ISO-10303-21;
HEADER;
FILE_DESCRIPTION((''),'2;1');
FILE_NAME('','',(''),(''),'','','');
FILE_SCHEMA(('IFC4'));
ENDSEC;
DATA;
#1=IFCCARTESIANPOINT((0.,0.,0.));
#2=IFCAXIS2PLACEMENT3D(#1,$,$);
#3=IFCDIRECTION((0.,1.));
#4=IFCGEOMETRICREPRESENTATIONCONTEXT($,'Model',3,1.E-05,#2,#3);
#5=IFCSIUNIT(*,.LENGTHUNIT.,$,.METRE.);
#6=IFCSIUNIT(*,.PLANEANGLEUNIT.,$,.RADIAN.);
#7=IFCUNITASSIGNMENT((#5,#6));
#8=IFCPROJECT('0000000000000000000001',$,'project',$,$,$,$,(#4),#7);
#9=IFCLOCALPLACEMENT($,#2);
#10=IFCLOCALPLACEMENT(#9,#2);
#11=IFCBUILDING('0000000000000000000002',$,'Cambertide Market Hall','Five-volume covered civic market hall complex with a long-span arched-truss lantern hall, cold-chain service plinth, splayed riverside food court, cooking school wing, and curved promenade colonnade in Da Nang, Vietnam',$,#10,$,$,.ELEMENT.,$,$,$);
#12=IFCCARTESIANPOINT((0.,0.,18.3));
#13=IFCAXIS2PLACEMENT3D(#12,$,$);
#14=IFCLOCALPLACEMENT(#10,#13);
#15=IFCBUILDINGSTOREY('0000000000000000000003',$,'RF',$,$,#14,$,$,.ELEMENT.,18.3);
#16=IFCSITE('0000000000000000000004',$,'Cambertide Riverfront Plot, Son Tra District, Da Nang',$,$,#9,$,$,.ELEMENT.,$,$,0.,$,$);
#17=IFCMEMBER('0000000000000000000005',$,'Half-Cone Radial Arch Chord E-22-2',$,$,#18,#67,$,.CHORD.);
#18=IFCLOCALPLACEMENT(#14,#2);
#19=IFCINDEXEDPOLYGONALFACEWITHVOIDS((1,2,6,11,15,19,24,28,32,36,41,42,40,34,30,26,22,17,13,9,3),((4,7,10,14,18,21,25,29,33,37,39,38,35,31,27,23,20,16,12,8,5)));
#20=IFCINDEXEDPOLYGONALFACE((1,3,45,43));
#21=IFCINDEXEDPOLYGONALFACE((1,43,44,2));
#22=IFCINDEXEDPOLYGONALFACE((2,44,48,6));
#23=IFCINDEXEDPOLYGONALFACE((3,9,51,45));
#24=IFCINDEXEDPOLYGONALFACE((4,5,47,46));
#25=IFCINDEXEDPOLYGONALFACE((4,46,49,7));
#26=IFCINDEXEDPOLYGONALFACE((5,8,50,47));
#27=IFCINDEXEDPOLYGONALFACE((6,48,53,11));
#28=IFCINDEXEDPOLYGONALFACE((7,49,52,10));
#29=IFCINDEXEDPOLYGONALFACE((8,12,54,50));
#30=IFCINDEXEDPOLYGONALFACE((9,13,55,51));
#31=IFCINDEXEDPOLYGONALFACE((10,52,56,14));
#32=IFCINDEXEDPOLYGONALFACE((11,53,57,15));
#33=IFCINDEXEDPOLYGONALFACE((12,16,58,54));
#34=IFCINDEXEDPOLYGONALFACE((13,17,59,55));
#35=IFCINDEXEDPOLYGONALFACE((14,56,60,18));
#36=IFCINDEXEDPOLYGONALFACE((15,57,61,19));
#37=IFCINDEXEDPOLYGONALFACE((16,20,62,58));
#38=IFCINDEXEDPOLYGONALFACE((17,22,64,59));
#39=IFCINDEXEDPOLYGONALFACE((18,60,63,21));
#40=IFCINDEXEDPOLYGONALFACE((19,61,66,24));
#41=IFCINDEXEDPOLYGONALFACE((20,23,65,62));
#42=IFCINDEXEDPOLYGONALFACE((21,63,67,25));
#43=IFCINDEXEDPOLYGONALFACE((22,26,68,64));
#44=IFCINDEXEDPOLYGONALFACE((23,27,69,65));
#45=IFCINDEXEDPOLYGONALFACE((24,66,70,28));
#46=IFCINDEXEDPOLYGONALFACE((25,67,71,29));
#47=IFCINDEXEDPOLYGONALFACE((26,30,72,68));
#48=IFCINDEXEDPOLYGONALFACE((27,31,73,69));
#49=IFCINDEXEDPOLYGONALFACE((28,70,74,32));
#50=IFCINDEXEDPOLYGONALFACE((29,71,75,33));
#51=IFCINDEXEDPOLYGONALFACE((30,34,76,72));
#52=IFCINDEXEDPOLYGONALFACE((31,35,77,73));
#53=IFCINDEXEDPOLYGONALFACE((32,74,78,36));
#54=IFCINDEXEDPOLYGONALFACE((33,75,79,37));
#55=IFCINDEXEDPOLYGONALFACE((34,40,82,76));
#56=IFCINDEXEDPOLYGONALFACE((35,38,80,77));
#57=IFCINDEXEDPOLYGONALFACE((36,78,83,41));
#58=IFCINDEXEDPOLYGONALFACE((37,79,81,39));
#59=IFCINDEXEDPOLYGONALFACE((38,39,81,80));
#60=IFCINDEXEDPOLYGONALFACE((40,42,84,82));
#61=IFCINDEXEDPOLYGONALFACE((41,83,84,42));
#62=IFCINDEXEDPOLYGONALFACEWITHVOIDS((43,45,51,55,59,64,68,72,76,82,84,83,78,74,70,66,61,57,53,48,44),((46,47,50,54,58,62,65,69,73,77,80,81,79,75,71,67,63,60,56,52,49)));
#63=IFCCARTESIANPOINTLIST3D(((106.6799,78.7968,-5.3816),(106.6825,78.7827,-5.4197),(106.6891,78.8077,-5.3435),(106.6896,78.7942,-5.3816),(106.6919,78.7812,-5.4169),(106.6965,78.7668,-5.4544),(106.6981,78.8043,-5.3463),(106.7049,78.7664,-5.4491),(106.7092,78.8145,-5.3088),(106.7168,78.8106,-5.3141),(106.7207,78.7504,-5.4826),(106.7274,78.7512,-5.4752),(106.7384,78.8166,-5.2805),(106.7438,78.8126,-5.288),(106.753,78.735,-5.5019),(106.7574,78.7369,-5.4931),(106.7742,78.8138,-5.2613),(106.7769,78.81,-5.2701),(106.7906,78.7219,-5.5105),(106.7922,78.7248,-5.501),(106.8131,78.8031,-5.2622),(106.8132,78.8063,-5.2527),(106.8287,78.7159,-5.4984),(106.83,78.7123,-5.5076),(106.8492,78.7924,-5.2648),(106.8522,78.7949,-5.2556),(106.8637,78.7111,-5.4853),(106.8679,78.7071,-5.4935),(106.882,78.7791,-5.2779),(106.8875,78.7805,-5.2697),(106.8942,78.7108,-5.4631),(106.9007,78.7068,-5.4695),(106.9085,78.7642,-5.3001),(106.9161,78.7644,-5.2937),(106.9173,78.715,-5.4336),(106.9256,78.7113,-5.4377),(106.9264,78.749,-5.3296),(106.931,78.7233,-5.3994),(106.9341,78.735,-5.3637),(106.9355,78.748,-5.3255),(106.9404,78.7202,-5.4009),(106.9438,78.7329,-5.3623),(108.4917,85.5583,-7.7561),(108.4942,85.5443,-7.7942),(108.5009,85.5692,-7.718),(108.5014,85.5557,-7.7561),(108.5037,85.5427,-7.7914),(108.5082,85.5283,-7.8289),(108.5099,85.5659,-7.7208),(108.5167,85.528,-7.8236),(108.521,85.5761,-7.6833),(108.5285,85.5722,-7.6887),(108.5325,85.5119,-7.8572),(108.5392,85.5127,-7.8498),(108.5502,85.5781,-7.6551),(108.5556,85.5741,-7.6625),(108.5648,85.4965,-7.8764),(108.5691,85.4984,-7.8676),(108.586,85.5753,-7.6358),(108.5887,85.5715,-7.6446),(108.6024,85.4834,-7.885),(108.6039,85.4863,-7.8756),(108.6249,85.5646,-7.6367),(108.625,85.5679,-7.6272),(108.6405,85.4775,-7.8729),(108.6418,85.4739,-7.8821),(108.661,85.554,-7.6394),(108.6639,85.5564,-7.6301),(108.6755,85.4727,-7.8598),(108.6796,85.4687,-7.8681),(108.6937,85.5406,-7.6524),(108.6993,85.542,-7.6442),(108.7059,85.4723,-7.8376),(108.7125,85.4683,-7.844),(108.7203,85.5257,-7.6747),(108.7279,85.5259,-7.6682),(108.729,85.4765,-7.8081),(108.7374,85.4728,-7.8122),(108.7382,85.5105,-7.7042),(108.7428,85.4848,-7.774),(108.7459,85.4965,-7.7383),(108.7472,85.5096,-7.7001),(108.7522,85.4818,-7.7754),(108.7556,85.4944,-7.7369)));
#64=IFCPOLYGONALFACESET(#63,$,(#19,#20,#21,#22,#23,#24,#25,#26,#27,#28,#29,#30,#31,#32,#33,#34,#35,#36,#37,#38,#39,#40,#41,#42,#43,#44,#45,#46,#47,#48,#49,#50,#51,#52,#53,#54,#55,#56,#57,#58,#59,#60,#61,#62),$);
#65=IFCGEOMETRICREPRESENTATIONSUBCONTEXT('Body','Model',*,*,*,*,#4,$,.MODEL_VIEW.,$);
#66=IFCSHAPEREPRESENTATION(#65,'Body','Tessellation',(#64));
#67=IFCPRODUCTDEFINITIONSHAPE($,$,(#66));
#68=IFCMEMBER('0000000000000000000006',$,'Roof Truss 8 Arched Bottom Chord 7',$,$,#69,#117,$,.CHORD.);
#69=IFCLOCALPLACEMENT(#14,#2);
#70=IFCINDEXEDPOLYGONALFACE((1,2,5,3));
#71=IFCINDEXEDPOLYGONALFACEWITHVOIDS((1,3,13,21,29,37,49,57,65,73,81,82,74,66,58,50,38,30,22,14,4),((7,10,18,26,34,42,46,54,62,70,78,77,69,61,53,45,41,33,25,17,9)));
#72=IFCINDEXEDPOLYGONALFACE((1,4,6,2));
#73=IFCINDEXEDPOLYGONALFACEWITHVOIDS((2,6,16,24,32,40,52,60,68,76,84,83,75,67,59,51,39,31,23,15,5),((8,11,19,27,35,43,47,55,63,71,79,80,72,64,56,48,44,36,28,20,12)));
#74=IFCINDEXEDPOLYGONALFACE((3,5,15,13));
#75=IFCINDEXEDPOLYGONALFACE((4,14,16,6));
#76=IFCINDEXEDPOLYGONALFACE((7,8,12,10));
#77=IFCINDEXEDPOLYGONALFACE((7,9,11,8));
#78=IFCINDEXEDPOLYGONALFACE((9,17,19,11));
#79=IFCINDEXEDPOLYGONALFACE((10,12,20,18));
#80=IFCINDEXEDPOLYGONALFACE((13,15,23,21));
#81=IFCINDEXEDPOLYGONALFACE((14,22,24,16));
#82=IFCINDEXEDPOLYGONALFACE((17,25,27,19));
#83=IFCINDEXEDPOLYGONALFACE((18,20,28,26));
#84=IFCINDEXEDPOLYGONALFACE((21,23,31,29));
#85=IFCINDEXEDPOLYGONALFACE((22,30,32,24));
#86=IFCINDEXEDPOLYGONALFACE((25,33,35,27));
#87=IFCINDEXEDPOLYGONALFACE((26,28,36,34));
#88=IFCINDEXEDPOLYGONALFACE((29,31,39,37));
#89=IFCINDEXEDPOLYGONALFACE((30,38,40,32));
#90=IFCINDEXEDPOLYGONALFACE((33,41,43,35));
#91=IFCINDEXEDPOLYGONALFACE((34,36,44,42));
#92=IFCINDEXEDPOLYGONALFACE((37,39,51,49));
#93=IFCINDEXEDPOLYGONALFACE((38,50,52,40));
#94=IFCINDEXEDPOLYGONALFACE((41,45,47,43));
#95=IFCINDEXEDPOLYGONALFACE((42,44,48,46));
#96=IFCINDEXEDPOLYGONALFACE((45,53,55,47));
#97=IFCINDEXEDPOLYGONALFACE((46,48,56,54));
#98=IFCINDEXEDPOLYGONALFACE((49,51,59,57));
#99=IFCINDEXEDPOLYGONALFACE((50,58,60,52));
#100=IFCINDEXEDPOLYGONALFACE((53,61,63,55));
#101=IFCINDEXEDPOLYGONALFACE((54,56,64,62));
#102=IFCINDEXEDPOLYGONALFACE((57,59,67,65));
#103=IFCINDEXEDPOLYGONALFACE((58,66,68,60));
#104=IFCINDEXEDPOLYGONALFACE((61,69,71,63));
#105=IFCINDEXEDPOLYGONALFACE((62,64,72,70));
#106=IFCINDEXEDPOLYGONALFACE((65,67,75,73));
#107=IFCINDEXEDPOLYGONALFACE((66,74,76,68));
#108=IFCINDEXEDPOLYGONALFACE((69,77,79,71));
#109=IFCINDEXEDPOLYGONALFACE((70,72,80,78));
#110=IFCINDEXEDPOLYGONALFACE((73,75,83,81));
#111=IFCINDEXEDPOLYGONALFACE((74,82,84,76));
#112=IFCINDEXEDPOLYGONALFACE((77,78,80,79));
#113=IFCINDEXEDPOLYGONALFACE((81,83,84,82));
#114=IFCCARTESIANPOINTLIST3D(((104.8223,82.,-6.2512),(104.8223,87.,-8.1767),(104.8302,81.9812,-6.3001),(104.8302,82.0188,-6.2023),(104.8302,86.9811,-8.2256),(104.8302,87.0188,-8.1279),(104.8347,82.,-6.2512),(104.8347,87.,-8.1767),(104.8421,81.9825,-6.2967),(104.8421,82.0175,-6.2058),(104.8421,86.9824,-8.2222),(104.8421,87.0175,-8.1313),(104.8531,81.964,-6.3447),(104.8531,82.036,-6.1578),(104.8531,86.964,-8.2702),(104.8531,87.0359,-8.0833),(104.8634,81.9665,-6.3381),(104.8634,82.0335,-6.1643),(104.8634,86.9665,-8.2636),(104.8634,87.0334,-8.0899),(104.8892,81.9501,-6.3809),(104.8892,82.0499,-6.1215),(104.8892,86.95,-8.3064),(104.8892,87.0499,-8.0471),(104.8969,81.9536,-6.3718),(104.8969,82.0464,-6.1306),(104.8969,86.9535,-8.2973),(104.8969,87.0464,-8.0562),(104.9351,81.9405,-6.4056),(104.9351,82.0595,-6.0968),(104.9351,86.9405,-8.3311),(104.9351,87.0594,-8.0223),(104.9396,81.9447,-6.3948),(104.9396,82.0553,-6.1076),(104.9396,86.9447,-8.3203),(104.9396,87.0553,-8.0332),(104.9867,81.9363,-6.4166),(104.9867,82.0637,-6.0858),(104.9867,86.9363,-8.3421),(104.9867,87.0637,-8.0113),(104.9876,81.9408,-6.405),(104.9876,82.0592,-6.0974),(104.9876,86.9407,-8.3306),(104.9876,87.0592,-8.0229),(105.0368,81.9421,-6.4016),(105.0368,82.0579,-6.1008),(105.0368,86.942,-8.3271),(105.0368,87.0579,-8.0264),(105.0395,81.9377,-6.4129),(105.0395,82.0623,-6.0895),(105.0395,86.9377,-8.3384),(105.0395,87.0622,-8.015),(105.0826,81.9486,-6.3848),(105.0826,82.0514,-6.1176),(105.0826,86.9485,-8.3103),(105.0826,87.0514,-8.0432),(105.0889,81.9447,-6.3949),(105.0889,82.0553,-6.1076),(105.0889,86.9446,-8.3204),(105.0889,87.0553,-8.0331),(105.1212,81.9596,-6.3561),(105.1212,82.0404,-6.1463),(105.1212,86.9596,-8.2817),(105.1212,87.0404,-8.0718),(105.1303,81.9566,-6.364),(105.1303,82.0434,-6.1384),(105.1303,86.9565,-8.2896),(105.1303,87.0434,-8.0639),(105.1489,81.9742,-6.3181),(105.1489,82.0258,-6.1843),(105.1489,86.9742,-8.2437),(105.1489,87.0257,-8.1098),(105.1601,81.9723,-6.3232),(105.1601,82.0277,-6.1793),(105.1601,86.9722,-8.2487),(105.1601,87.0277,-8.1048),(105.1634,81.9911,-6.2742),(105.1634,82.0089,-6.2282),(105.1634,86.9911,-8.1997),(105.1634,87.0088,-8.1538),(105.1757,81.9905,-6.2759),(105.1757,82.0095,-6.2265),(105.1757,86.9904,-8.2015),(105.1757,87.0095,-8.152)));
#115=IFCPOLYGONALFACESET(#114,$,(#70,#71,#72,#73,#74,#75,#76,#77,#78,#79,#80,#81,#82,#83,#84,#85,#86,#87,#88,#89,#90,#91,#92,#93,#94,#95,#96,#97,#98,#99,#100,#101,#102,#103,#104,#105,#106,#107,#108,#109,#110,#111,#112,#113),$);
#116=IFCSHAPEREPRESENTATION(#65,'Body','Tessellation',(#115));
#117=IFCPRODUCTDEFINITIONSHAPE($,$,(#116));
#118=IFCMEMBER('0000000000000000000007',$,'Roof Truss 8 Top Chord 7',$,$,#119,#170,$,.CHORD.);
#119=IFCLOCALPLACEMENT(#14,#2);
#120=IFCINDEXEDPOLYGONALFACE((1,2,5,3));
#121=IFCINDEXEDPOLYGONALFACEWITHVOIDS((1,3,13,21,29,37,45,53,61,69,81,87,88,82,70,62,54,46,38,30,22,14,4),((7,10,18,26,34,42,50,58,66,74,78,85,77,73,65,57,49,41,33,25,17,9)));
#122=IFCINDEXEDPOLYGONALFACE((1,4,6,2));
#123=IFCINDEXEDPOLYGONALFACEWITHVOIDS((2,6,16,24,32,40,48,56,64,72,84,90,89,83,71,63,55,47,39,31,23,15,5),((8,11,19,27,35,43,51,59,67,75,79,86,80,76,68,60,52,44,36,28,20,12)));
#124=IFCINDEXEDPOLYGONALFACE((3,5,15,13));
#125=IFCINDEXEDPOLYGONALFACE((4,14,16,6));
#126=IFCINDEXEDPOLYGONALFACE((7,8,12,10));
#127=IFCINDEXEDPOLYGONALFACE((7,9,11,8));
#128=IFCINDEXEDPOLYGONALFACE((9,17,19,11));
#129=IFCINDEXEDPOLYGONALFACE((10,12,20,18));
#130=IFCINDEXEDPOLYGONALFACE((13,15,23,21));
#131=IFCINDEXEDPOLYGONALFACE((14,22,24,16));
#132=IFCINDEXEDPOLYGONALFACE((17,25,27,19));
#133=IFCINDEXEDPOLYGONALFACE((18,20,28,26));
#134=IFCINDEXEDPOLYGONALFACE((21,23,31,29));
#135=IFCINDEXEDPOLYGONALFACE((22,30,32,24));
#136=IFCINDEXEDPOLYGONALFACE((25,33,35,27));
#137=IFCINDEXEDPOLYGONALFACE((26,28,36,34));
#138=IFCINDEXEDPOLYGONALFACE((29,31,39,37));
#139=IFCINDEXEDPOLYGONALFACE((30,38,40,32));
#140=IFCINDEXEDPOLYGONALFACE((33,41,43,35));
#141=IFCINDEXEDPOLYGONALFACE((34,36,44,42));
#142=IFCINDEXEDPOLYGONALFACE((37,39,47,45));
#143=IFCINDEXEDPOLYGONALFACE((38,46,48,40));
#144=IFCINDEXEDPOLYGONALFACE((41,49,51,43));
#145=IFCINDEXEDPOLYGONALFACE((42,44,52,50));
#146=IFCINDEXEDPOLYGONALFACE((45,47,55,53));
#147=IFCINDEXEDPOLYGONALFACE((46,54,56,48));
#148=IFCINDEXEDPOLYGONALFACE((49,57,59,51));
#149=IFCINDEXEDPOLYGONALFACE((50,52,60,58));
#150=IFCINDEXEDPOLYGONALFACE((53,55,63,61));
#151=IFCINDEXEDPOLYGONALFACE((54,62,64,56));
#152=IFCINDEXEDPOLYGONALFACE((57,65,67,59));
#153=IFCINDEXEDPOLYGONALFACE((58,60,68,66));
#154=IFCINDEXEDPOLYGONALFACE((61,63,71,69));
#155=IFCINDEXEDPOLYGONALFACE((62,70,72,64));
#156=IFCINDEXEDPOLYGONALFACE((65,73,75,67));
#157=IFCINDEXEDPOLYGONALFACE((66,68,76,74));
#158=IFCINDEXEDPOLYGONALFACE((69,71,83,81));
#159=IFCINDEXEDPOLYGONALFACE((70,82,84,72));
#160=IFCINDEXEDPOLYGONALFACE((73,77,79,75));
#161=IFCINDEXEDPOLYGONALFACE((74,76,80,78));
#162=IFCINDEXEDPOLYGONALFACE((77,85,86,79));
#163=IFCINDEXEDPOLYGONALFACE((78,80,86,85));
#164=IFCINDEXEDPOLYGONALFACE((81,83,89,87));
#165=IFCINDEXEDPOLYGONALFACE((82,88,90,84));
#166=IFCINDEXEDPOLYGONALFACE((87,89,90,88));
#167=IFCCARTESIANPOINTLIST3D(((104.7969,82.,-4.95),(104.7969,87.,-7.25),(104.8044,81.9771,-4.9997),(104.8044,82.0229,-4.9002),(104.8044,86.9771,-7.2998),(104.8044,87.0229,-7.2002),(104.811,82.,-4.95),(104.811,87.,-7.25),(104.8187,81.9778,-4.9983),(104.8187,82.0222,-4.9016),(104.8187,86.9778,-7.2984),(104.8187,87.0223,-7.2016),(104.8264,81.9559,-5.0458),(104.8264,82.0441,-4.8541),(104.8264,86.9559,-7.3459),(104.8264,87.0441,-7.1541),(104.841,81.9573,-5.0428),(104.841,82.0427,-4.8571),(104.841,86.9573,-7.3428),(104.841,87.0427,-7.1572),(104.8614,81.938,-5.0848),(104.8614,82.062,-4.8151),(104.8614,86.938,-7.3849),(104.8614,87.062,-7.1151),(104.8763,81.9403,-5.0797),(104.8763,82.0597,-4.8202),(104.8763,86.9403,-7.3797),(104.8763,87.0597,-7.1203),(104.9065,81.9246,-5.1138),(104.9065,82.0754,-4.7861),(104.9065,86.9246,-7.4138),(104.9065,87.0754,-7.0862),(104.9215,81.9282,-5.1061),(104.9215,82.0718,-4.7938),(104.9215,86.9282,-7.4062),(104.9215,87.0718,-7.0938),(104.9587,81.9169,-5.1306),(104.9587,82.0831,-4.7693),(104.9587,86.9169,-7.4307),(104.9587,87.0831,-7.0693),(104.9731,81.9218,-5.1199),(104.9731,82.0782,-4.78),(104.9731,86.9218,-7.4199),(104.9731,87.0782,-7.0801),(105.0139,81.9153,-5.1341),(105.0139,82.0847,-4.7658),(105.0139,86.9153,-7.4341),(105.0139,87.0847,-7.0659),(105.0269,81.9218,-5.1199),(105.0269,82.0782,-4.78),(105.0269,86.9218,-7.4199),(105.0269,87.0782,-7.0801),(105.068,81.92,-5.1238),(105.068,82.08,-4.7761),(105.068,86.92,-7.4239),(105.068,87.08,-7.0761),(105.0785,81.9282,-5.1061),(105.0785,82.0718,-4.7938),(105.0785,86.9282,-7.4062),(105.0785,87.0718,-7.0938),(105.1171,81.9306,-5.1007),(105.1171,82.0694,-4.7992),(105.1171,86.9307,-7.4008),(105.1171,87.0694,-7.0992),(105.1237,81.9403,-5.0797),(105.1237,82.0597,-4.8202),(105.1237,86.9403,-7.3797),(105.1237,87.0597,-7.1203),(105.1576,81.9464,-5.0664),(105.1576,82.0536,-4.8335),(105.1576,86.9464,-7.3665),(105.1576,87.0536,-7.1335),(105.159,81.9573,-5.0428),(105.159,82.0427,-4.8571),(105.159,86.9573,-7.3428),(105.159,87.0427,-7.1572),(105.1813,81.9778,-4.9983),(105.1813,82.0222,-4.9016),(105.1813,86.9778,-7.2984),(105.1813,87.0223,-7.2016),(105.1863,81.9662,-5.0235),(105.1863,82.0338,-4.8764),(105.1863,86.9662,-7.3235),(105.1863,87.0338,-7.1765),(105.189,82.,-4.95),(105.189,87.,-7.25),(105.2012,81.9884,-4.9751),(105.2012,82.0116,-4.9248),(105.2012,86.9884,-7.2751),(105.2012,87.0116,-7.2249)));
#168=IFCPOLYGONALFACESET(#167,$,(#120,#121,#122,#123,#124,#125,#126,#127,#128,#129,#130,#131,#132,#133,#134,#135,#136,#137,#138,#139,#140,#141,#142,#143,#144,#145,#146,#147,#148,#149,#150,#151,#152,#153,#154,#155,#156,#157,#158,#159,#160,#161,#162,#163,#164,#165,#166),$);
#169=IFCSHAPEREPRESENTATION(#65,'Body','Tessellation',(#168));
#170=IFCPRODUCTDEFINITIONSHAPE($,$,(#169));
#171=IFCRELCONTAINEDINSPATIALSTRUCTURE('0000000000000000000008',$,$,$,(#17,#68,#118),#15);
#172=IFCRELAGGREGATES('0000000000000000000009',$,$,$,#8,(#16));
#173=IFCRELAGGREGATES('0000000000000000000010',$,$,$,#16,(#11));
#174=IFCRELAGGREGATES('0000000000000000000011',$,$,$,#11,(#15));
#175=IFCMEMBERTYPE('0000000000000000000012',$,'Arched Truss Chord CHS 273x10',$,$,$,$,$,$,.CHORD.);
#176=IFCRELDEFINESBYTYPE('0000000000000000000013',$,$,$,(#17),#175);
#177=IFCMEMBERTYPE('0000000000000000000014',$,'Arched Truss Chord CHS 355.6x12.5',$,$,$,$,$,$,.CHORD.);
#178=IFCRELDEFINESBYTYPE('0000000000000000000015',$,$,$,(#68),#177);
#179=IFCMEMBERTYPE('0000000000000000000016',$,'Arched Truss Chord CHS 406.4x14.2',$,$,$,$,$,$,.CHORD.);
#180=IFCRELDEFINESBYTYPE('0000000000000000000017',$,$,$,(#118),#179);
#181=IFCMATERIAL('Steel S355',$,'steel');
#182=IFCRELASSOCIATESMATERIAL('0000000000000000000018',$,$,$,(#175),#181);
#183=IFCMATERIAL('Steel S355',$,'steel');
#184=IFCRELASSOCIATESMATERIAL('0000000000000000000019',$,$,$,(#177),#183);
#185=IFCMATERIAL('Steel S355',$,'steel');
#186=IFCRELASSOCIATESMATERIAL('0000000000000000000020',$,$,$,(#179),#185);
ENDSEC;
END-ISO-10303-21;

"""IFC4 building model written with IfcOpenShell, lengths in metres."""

from ifc_helpers import new_model, si_unit, direction, frame, origin, origin_2d, place, context, subcontext, project, spatial, hollow_circle, extrude, material, material_profile, profile_set, type_object, element, save


model = new_model("IFC4")

# Units and contexts
model_context = context("Model", 3, precision=1e-05, world=origin(), true_north=direction((0.0, 1.0)))
body_context = subcontext(model_context, "Body", "Model", "MODEL_VIEW")
ifc_project = project(units=[si_unit("LENGTHUNIT", "METRE"), si_unit("PLANEANGLEUNIT", "RADIAN")], contexts=[model_context])

# Site, building, storey
site_placement = place(None, origin())
site = spatial("IfcSite", under=ifc_project, at=site_placement, Name="Cambertide Riverfront Plot, Son Tra District, Da Nang", CompositionType="ELEMENT", RefElevation=0.0)
building_placement = place(site_placement, origin())
building = spatial("IfcBuilding", under=site, at=building_placement, Name="Cambertide Market Hall", Description="Five-volume covered civic market hall complex with a long-span arched-truss lantern hall, cold-chain service plinth, splayed riverside food court, cooking school wing, and curved promenade colonnade in Da Nang, Vietnam", CompositionType="ELEMENT")
storey_placement = place(building_placement, frame((0.0, 0.0, 18.3)))
storey = spatial("IfcBuildingStorey", under=building, at=storey_placement, Name="RF", CompositionType="ELEMENT", Elevation=18.3)

# Members
ifc_material_1 = material(Name="Steel S355", Category="steel")
ifc_material_profile_1 = material_profile(ifc_material_1, hollow_circle(Radius=0.1365, WallThickness=0.01, at=origin_2d()), Name="CHS 273x10")
ifc_profile_set_1 = profile_set([ifc_material_profile_1], Name="Steel S355")
member_type_1 = type_object("IfcMemberType", Name="Arched Truss Chord CHS 273x10", PredefinedType="CHORD", material=ifc_profile_set_1)
member_1_placement = place(storey_placement, frame((106.8118, 78.7615, -5.3816), z_axis=(0.245106, 0.914729, -0.321237), x_axis=(-0.965925, 0.258824, 0.0)))
element("IfcMember", 1, at=member_1_placement, inside=storey, type_object=member_type_1, Name="Half-Cone Radial Arch Chord E-22-2", PredefinedType="CHORD", context=body_context, shape_type="SweptSolid", body=[
    extrude(hollow_circle(Radius=0.1365, WallThickness=0.01, at=origin_2d()), origin(), (0.0, 0.0, 1.0), 7.3918),
])
ifc_material_2 = material(Name="Steel S355", Category="steel")
ifc_material_profile_2 = material_profile(ifc_material_2, hollow_circle(Radius=0.1777, WallThickness=0.0125, at=origin_2d()), Name="CHS 355.6x12.5")
ifc_profile_set_2 = profile_set([ifc_material_profile_2], Name="Steel S355")
member_type_2 = type_object("IfcMemberType", Name="Arched Truss Chord CHS 355.6x12.5", PredefinedType="CHORD", material=ifc_profile_set_2)
member_2_placement = place(storey_placement, frame((105.0, 82.0, -6.2512), z_axis=(0.0, 0.933192, -0.359379), x_axis=(-1.0, 0.0, 0.0)))
element("IfcMember", 2, at=member_2_placement, inside=storey, type_object=member_type_2, Name="Roof Truss 8 Arched Bottom Chord 7", PredefinedType="CHORD", context=body_context, shape_type="SweptSolid", body=[
    extrude(hollow_circle(Radius=0.1777, WallThickness=0.0125, at=origin_2d()), origin(), (0.0, 0.0, 1.0), 5.3579),
])
ifc_material_3 = material(Name="Steel S355", Category="steel")
ifc_material_profile_3 = material_profile(ifc_material_3, hollow_circle(Radius=0.2031, WallThickness=0.0142, at=origin_2d()), Name="CHS 406.4x14.2")
ifc_profile_set_3 = profile_set([ifc_material_profile_3], Name="Steel S355")
member_type_3 = type_object("IfcMemberType", Name="Arched Truss Chord CHS 406.4x14.2", PredefinedType="CHORD", material=ifc_profile_set_3)
member_3_placement = place(storey_placement, frame((105.0, 82.0, -4.95), z_axis=(0.0, 0.908487, -0.417913), x_axis=(-1.0, 0.0, 0.0)))
element("IfcMember", 3, at=member_3_placement, inside=storey, type_object=member_type_3, Name="Roof Truss 8 Top Chord 7", PredefinedType="CHORD", context=body_context, shape_type="SweptSolid", body=[
    extrude(hollow_circle(Radius=0.2031, WallThickness=0.0142, at=origin_2d()), origin(), (0.0, 0.0, 1.0), 5.5037),
])

save(model, "model.ifc")
